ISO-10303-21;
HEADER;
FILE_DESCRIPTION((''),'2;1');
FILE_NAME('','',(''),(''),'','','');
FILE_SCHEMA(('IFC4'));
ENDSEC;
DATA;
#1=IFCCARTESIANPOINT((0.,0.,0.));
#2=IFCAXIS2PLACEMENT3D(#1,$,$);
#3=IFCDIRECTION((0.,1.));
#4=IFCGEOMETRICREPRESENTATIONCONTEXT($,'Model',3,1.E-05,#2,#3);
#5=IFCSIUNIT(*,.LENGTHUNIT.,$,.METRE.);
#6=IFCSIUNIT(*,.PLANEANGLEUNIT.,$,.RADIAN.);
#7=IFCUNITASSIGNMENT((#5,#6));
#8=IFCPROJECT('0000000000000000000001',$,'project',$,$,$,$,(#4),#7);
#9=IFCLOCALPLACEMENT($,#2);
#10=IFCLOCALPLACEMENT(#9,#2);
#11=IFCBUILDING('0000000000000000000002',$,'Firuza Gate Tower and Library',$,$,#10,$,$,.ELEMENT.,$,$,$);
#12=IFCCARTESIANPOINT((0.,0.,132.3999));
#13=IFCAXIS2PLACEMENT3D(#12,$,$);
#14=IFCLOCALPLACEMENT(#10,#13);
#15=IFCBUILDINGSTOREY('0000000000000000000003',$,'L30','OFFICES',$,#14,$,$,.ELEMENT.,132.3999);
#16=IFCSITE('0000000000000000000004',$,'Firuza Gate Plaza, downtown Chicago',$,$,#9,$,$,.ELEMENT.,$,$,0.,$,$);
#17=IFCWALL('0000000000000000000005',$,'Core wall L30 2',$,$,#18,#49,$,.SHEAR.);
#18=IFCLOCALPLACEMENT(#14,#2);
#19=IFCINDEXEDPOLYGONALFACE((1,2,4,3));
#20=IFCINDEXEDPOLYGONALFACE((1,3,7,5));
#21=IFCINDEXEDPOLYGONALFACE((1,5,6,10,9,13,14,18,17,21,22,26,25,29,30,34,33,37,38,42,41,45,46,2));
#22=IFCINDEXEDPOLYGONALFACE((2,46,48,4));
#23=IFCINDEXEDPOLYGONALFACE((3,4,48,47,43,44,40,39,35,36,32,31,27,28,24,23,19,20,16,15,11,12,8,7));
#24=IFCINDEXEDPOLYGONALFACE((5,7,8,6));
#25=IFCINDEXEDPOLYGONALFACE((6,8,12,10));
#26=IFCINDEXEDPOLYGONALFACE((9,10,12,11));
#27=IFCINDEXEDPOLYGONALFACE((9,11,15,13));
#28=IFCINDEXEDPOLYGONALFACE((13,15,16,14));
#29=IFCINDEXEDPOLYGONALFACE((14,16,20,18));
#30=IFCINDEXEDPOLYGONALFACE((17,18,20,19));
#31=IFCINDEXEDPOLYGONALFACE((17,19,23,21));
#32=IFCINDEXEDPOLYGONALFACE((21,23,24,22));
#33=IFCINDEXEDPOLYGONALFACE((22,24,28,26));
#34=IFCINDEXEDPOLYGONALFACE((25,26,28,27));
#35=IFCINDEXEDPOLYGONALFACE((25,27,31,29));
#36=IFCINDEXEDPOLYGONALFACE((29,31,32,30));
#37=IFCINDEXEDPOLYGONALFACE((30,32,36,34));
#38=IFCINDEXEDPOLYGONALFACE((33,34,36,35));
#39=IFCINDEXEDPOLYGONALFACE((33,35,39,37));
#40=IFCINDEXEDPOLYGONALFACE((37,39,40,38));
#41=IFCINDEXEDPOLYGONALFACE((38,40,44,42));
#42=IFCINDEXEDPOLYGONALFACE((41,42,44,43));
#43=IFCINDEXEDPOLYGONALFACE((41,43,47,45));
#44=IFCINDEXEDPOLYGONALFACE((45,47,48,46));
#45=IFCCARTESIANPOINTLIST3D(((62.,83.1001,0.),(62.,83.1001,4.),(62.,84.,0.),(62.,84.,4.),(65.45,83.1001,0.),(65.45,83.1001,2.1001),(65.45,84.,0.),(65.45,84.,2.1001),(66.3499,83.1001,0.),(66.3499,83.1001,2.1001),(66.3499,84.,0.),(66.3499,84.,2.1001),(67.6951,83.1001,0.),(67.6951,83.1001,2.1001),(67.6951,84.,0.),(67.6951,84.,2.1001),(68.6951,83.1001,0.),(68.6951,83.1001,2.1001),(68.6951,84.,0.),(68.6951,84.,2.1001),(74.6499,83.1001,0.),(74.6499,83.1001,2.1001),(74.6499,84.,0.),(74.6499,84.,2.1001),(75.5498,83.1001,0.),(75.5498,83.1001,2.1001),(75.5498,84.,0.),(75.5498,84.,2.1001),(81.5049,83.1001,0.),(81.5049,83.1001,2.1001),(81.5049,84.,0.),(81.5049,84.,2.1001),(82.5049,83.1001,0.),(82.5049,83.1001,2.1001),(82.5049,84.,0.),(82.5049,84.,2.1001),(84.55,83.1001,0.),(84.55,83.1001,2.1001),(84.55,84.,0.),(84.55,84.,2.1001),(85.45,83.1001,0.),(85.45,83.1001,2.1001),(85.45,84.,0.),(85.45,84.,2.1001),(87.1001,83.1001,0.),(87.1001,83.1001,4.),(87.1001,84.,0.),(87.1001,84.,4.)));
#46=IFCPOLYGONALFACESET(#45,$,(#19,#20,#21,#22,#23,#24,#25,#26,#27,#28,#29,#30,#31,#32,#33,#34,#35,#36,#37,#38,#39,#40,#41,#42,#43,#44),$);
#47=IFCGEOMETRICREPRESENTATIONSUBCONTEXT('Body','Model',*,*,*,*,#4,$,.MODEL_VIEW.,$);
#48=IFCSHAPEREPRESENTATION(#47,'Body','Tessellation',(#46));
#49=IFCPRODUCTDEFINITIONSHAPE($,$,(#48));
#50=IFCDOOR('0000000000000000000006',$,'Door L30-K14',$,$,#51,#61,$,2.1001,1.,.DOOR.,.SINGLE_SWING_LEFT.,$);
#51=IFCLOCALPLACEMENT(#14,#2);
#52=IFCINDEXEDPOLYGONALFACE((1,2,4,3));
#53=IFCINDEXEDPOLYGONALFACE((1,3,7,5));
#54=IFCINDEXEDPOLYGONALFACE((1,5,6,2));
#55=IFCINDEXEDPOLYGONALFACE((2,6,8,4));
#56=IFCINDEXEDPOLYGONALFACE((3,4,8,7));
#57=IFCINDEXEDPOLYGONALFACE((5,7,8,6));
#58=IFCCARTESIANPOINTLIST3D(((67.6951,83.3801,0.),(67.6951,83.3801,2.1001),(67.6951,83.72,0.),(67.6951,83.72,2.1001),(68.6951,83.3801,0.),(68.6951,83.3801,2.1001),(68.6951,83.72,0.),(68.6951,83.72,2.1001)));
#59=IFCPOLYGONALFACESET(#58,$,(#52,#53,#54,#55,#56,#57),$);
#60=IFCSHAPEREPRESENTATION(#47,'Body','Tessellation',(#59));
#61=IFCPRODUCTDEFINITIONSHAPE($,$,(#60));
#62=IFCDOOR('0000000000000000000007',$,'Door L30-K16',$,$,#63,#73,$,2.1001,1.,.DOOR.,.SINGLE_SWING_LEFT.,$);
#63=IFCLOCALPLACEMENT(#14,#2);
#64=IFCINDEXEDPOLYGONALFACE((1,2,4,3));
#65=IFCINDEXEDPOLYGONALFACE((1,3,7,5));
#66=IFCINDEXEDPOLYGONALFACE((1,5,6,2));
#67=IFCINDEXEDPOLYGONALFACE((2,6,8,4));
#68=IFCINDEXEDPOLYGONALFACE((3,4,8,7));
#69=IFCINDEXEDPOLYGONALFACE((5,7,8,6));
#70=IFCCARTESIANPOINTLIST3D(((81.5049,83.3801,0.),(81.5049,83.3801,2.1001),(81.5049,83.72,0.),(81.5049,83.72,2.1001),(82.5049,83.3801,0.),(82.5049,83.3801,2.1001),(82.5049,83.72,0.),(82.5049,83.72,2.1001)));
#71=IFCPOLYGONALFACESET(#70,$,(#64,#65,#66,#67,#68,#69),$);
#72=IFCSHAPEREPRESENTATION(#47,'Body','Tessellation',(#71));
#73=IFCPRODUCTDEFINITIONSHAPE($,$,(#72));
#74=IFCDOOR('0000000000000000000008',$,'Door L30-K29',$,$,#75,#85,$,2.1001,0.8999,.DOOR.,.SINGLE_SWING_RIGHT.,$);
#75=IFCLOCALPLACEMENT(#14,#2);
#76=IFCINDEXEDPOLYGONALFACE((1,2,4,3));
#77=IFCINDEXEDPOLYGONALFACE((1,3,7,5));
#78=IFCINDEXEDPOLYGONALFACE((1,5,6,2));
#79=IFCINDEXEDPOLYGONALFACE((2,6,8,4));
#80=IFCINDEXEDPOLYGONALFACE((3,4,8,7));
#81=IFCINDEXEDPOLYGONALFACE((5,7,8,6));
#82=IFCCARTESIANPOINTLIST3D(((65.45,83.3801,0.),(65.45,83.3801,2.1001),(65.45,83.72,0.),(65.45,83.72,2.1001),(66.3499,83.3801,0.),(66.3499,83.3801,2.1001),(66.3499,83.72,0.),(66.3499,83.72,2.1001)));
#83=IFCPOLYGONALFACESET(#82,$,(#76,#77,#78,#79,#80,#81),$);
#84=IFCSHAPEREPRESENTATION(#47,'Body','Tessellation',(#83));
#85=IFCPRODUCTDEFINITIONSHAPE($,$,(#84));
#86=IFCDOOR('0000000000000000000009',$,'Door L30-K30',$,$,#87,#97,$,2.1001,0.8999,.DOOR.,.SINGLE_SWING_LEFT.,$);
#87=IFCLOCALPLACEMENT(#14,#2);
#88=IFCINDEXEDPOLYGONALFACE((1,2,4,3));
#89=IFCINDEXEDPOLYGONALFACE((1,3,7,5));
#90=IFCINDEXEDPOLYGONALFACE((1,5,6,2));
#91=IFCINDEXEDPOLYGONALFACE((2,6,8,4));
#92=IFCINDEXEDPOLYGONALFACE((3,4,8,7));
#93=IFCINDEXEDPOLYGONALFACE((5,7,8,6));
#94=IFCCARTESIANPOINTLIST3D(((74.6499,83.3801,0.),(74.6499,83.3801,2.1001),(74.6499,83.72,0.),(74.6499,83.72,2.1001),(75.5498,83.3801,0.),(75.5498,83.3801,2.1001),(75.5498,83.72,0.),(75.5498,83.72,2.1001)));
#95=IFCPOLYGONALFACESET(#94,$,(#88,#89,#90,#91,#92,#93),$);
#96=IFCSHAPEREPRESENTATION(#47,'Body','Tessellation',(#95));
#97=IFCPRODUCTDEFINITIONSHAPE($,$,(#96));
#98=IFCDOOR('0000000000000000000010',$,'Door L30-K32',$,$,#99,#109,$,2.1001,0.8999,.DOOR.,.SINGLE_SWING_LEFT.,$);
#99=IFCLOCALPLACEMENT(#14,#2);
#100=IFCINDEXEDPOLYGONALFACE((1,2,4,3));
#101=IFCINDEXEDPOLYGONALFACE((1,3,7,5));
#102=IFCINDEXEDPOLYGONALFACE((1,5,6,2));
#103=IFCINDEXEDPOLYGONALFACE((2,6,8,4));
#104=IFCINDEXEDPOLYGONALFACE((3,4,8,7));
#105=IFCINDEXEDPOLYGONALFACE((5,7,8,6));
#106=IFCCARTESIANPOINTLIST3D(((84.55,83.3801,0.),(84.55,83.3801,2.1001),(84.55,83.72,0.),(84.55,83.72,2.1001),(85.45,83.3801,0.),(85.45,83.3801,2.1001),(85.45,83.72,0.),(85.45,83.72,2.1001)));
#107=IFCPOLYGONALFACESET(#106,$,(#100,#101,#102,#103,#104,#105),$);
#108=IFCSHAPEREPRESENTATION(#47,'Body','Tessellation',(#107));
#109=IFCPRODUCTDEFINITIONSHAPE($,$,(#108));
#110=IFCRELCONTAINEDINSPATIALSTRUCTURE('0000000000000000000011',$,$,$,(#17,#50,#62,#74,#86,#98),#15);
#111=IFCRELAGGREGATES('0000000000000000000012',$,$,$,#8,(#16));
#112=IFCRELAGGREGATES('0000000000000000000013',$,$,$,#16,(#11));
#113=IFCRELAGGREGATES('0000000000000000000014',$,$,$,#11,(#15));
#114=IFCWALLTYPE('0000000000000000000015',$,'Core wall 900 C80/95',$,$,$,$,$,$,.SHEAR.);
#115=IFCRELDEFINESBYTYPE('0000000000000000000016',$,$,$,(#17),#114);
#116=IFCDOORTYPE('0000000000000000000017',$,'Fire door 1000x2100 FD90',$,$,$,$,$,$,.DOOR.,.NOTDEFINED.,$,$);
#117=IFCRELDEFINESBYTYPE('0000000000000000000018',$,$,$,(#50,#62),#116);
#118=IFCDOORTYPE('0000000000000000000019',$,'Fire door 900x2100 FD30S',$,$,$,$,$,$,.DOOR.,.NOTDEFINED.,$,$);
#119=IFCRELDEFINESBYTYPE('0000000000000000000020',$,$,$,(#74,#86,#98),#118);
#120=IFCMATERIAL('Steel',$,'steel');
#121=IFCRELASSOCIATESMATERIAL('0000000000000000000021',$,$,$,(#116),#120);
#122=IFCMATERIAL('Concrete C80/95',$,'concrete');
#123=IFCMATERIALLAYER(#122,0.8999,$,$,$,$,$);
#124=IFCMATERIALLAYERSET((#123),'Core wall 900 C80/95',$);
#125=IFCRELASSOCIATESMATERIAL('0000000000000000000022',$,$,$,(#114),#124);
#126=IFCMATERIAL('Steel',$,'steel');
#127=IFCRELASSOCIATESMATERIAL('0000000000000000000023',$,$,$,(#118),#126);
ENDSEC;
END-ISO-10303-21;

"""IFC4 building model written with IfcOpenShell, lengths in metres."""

from ifc_helpers import new_model, si_unit, direction, frame, frame_2d, origin, place, context, subcontext, project, spatial, rectangle, extrude, material, layer, layer_set, type_object, element, fill, save


model = new_model("IFC4")

# Units and contexts
model_context = context("Model", 3, precision=1e-05, world=origin(), true_north=direction((0.0, 1.0)))
body_context = subcontext(model_context, "Body", "Model", "MODEL_VIEW")
ifc_project = project(units=[si_unit("LENGTHUNIT", "METRE"), si_unit("PLANEANGLEUNIT", "RADIAN")], contexts=[model_context])

# Site, building, storey
site_placement = place(None, origin())
site = spatial("IfcSite", under=ifc_project, at=site_placement, Name="Firuza Gate Plaza, downtown Chicago", CompositionType="ELEMENT", RefElevation=0.0)
building_placement = place(site_placement, origin())
building = spatial("IfcBuilding", under=site, at=building_placement, Name="Firuza Gate Tower and Library", CompositionType="ELEMENT")
storey_placement = place(building_placement, frame((0.0, 0.0, 132.3999)))
storey = spatial("IfcBuildingStorey", under=building, at=storey_placement, Name="L30", Description="OFFICES", CompositionType="ELEMENT", Elevation=132.3999)

# Shared definitions
ifc_material_1 = material(Name="Steel", Category="steel")
door_type_1 = type_object("IfcDoorType", Name="Fire door 1000x2100 FD90", OperationType="NOTDEFINED", PredefinedType="DOOR", material=ifc_material_1)

# Wall, openings, doors
ifc_material_2 = material(Name="Concrete C80/95", Category="concrete")
ifc_layer_1 = layer(ifc_material_2, 0.8999)
ifc_layer_set_1 = layer_set([ifc_layer_1], Name="Core wall 900 C80/95")
wall_type_1 = type_object("IfcWallType", Name="Core wall 900 C80/95", PredefinedType="SHEAR", material=ifc_layer_set_1)
wall_1_placement = place(storey_placement, frame((62.0, 83.55, 0.0), z_axis=(0.0, 0.0, 1.0), x_axis=(1.0, 0.0, 0.0)))
wall_1 = element("IfcWall", 1, at=wall_1_placement, inside=storey, type_object=wall_type_1, Name="Core wall L30 2", PredefinedType="SHEAR", context=body_context, shape_type="SweptSolid", body=[
    extrude(rectangle(XDim=25.1001, YDim=0.8999, at=frame_2d((12.55, 0.0))), origin(), (0.0, 0.0, 1.0), 4.0),
])
opening_1_placement = place(wall_1_placement, frame((5.6951, 0.0, 0.0)))
opening_1 = element("IfcOpeningElement", 2, at=opening_1_placement, cuts=wall_1, PredefinedType="OPENING", context=body_context, shape_type="SweptSolid", body=[
    extrude(rectangle(XDim=1.0, YDim=2.1001, at=frame_2d((0.5, 1.05))), frame((0.0, 0.46, 0.0), z_axis=(0.0, -1.0, 0.0), x_axis=(1.0, 0.0, 0.0)), (0.0, 0.0, 1.0), 0.9199),
])
opening_2_placement = place(wall_1_placement, frame((19.5049, 0.0, 0.0)))
opening_2 = element("IfcOpeningElement", 3, at=opening_2_placement, cuts=wall_1, PredefinedType="OPENING", context=body_context, shape_type="SweptSolid", body=[
    extrude(rectangle(XDim=1.0, YDim=2.1001, at=frame_2d((0.5, 1.05))), frame((0.0, 0.46, 0.0), z_axis=(0.0, -1.0, 0.0), x_axis=(1.0, 0.0, 0.0)), (0.0, 0.0, 1.0), 0.9199),
])
opening_3_placement = place(wall_1_placement, frame((3.45, 0.0, 0.0)))
opening_3 = element("IfcOpeningElement", 4, at=opening_3_placement, cuts=wall_1, PredefinedType="OPENING", context=body_context, shape_type="SweptSolid", body=[
    extrude(rectangle(XDim=0.8999, YDim=2.1001, at=frame_2d((0.45, 1.05))), frame((0.0, 0.46, 0.0), z_axis=(0.0, -1.0, 0.0), x_axis=(1.0, 0.0, 0.0)), (0.0, 0.0, 1.0), 0.9199),
])
opening_4_placement = place(wall_1_placement, frame((12.6499, 0.0, 0.0)))
opening_4 = element("IfcOpeningElement", 5, at=opening_4_placement, cuts=wall_1, PredefinedType="OPENING", context=body_context, shape_type="SweptSolid", body=[
    extrude(rectangle(XDim=0.8999, YDim=2.1001, at=frame_2d((0.45, 1.05))), frame((0.0, 0.46, 0.0), z_axis=(0.0, -1.0, 0.0), x_axis=(1.0, 0.0, 0.0)), (0.0, 0.0, 1.0), 0.9199),
])
opening_5_placement = place(wall_1_placement, frame((22.55, 0.0, 0.0)))
opening_5 = element("IfcOpeningElement", 6, at=opening_5_placement, cuts=wall_1, PredefinedType="OPENING", context=body_context, shape_type="SweptSolid", body=[
    extrude(rectangle(XDim=0.8999, YDim=2.1001, at=frame_2d((0.45, 1.05))), frame((0.0, 0.46, 0.0), z_axis=(0.0, -1.0, 0.0), x_axis=(1.0, 0.0, 0.0)), (0.0, 0.0, 1.0), 0.9199),
])
door_1_placement = place(opening_1_placement, origin())
door_1 = element("IfcDoor", 7, at=door_1_placement, inside=storey, type_object=door_type_1, Name="Door L30-K14", OperationType="SINGLE_SWING_LEFT", OverallHeight=2.1001, OverallWidth=1.0, PredefinedType="DOOR", context=body_context, shape_type="SweptSolid", body=[
    extrude(rectangle(XDim=1.0, YDim=2.1001, at=frame_2d((0.5, 1.05))), frame((0.0, 0.1699, 0.0), z_axis=(0.0, -1.0, 0.0), x_axis=(1.0, 0.0, 0.0)), (0.0, 0.0, 1.0), 0.3398),
])
fill(opening_1, door_1)
door_2_placement = place(opening_2_placement, origin())
door_2 = element("IfcDoor", 8, at=door_2_placement, inside=storey, type_object=door_type_1, Name="Door L30-K16", OperationType="SINGLE_SWING_LEFT", OverallHeight=2.1001, OverallWidth=1.0, PredefinedType="DOOR", context=body_context, shape_type="SweptSolid", body=[
    extrude(rectangle(XDim=1.0, YDim=2.1001, at=frame_2d((0.5, 1.05))), frame((0.0, 0.1699, 0.0), z_axis=(0.0, -1.0, 0.0), x_axis=(1.0, 0.0, 0.0)), (0.0, 0.0, 1.0), 0.3398),
])
fill(opening_2, door_2)
ifc_material_3 = material(Name="Steel", Category="steel")
door_type_2 = type_object("IfcDoorType", Name="Fire door 900x2100 FD30S", OperationType="NOTDEFINED", PredefinedType="DOOR", material=ifc_material_3)
door_3_placement = place(opening_3_placement, origin())
door_3 = element("IfcDoor", 9, at=door_3_placement, inside=storey, type_object=door_type_2, Name="Door L30-K29", OperationType="SINGLE_SWING_RIGHT", OverallHeight=2.1001, OverallWidth=0.8999, PredefinedType="DOOR", context=body_context, shape_type="SweptSolid", body=[
    extrude(rectangle(XDim=0.8999, YDim=2.1001, at=frame_2d((0.45, 1.05))), frame((0.0, 0.1699, 0.0), z_axis=(0.0, -1.0, 0.0), x_axis=(1.0, 0.0, 0.0)), (0.0, 0.0, 1.0), 0.3398),
])
fill(opening_3, door_3)
door_4_placement = place(opening_4_placement, origin())
door_4 = element("IfcDoor", 10, at=door_4_placement, inside=storey, type_object=door_type_2, Name="Door L30-K30", OperationType="SINGLE_SWING_LEFT", OverallHeight=2.1001, OverallWidth=0.8999, PredefinedType="DOOR", context=body_context, shape_type="SweptSolid", body=[
    extrude(rectangle(XDim=0.8999, YDim=2.1001, at=frame_2d((0.45, 1.05))), frame((0.0, 0.1699, 0.0), z_axis=(0.0, -1.0, 0.0), x_axis=(1.0, 0.0, 0.0)), (0.0, 0.0, 1.0), 0.3398),
])
fill(opening_4, door_4)
door_5_placement = place(opening_5_placement, origin())
door_5 = element("IfcDoor", 11, at=door_5_placement, inside=storey, type_object=door_type_2, Name="Door L30-K32", OperationType="SINGLE_SWING_LEFT", OverallHeight=2.1001, OverallWidth=0.8999, PredefinedType="DOOR", context=body_context, shape_type="SweptSolid", body=[
    extrude(rectangle(XDim=0.8999, YDim=2.1001, at=frame_2d((0.45, 1.05))), frame((0.0, 0.1699, 0.0), z_axis=(0.0, -1.0, 0.0), x_axis=(1.0, 0.0, 0.0)), (0.0, 0.0, 1.0), 0.3398),
])
fill(opening_5, door_5)

save(model, "model.ifc")
